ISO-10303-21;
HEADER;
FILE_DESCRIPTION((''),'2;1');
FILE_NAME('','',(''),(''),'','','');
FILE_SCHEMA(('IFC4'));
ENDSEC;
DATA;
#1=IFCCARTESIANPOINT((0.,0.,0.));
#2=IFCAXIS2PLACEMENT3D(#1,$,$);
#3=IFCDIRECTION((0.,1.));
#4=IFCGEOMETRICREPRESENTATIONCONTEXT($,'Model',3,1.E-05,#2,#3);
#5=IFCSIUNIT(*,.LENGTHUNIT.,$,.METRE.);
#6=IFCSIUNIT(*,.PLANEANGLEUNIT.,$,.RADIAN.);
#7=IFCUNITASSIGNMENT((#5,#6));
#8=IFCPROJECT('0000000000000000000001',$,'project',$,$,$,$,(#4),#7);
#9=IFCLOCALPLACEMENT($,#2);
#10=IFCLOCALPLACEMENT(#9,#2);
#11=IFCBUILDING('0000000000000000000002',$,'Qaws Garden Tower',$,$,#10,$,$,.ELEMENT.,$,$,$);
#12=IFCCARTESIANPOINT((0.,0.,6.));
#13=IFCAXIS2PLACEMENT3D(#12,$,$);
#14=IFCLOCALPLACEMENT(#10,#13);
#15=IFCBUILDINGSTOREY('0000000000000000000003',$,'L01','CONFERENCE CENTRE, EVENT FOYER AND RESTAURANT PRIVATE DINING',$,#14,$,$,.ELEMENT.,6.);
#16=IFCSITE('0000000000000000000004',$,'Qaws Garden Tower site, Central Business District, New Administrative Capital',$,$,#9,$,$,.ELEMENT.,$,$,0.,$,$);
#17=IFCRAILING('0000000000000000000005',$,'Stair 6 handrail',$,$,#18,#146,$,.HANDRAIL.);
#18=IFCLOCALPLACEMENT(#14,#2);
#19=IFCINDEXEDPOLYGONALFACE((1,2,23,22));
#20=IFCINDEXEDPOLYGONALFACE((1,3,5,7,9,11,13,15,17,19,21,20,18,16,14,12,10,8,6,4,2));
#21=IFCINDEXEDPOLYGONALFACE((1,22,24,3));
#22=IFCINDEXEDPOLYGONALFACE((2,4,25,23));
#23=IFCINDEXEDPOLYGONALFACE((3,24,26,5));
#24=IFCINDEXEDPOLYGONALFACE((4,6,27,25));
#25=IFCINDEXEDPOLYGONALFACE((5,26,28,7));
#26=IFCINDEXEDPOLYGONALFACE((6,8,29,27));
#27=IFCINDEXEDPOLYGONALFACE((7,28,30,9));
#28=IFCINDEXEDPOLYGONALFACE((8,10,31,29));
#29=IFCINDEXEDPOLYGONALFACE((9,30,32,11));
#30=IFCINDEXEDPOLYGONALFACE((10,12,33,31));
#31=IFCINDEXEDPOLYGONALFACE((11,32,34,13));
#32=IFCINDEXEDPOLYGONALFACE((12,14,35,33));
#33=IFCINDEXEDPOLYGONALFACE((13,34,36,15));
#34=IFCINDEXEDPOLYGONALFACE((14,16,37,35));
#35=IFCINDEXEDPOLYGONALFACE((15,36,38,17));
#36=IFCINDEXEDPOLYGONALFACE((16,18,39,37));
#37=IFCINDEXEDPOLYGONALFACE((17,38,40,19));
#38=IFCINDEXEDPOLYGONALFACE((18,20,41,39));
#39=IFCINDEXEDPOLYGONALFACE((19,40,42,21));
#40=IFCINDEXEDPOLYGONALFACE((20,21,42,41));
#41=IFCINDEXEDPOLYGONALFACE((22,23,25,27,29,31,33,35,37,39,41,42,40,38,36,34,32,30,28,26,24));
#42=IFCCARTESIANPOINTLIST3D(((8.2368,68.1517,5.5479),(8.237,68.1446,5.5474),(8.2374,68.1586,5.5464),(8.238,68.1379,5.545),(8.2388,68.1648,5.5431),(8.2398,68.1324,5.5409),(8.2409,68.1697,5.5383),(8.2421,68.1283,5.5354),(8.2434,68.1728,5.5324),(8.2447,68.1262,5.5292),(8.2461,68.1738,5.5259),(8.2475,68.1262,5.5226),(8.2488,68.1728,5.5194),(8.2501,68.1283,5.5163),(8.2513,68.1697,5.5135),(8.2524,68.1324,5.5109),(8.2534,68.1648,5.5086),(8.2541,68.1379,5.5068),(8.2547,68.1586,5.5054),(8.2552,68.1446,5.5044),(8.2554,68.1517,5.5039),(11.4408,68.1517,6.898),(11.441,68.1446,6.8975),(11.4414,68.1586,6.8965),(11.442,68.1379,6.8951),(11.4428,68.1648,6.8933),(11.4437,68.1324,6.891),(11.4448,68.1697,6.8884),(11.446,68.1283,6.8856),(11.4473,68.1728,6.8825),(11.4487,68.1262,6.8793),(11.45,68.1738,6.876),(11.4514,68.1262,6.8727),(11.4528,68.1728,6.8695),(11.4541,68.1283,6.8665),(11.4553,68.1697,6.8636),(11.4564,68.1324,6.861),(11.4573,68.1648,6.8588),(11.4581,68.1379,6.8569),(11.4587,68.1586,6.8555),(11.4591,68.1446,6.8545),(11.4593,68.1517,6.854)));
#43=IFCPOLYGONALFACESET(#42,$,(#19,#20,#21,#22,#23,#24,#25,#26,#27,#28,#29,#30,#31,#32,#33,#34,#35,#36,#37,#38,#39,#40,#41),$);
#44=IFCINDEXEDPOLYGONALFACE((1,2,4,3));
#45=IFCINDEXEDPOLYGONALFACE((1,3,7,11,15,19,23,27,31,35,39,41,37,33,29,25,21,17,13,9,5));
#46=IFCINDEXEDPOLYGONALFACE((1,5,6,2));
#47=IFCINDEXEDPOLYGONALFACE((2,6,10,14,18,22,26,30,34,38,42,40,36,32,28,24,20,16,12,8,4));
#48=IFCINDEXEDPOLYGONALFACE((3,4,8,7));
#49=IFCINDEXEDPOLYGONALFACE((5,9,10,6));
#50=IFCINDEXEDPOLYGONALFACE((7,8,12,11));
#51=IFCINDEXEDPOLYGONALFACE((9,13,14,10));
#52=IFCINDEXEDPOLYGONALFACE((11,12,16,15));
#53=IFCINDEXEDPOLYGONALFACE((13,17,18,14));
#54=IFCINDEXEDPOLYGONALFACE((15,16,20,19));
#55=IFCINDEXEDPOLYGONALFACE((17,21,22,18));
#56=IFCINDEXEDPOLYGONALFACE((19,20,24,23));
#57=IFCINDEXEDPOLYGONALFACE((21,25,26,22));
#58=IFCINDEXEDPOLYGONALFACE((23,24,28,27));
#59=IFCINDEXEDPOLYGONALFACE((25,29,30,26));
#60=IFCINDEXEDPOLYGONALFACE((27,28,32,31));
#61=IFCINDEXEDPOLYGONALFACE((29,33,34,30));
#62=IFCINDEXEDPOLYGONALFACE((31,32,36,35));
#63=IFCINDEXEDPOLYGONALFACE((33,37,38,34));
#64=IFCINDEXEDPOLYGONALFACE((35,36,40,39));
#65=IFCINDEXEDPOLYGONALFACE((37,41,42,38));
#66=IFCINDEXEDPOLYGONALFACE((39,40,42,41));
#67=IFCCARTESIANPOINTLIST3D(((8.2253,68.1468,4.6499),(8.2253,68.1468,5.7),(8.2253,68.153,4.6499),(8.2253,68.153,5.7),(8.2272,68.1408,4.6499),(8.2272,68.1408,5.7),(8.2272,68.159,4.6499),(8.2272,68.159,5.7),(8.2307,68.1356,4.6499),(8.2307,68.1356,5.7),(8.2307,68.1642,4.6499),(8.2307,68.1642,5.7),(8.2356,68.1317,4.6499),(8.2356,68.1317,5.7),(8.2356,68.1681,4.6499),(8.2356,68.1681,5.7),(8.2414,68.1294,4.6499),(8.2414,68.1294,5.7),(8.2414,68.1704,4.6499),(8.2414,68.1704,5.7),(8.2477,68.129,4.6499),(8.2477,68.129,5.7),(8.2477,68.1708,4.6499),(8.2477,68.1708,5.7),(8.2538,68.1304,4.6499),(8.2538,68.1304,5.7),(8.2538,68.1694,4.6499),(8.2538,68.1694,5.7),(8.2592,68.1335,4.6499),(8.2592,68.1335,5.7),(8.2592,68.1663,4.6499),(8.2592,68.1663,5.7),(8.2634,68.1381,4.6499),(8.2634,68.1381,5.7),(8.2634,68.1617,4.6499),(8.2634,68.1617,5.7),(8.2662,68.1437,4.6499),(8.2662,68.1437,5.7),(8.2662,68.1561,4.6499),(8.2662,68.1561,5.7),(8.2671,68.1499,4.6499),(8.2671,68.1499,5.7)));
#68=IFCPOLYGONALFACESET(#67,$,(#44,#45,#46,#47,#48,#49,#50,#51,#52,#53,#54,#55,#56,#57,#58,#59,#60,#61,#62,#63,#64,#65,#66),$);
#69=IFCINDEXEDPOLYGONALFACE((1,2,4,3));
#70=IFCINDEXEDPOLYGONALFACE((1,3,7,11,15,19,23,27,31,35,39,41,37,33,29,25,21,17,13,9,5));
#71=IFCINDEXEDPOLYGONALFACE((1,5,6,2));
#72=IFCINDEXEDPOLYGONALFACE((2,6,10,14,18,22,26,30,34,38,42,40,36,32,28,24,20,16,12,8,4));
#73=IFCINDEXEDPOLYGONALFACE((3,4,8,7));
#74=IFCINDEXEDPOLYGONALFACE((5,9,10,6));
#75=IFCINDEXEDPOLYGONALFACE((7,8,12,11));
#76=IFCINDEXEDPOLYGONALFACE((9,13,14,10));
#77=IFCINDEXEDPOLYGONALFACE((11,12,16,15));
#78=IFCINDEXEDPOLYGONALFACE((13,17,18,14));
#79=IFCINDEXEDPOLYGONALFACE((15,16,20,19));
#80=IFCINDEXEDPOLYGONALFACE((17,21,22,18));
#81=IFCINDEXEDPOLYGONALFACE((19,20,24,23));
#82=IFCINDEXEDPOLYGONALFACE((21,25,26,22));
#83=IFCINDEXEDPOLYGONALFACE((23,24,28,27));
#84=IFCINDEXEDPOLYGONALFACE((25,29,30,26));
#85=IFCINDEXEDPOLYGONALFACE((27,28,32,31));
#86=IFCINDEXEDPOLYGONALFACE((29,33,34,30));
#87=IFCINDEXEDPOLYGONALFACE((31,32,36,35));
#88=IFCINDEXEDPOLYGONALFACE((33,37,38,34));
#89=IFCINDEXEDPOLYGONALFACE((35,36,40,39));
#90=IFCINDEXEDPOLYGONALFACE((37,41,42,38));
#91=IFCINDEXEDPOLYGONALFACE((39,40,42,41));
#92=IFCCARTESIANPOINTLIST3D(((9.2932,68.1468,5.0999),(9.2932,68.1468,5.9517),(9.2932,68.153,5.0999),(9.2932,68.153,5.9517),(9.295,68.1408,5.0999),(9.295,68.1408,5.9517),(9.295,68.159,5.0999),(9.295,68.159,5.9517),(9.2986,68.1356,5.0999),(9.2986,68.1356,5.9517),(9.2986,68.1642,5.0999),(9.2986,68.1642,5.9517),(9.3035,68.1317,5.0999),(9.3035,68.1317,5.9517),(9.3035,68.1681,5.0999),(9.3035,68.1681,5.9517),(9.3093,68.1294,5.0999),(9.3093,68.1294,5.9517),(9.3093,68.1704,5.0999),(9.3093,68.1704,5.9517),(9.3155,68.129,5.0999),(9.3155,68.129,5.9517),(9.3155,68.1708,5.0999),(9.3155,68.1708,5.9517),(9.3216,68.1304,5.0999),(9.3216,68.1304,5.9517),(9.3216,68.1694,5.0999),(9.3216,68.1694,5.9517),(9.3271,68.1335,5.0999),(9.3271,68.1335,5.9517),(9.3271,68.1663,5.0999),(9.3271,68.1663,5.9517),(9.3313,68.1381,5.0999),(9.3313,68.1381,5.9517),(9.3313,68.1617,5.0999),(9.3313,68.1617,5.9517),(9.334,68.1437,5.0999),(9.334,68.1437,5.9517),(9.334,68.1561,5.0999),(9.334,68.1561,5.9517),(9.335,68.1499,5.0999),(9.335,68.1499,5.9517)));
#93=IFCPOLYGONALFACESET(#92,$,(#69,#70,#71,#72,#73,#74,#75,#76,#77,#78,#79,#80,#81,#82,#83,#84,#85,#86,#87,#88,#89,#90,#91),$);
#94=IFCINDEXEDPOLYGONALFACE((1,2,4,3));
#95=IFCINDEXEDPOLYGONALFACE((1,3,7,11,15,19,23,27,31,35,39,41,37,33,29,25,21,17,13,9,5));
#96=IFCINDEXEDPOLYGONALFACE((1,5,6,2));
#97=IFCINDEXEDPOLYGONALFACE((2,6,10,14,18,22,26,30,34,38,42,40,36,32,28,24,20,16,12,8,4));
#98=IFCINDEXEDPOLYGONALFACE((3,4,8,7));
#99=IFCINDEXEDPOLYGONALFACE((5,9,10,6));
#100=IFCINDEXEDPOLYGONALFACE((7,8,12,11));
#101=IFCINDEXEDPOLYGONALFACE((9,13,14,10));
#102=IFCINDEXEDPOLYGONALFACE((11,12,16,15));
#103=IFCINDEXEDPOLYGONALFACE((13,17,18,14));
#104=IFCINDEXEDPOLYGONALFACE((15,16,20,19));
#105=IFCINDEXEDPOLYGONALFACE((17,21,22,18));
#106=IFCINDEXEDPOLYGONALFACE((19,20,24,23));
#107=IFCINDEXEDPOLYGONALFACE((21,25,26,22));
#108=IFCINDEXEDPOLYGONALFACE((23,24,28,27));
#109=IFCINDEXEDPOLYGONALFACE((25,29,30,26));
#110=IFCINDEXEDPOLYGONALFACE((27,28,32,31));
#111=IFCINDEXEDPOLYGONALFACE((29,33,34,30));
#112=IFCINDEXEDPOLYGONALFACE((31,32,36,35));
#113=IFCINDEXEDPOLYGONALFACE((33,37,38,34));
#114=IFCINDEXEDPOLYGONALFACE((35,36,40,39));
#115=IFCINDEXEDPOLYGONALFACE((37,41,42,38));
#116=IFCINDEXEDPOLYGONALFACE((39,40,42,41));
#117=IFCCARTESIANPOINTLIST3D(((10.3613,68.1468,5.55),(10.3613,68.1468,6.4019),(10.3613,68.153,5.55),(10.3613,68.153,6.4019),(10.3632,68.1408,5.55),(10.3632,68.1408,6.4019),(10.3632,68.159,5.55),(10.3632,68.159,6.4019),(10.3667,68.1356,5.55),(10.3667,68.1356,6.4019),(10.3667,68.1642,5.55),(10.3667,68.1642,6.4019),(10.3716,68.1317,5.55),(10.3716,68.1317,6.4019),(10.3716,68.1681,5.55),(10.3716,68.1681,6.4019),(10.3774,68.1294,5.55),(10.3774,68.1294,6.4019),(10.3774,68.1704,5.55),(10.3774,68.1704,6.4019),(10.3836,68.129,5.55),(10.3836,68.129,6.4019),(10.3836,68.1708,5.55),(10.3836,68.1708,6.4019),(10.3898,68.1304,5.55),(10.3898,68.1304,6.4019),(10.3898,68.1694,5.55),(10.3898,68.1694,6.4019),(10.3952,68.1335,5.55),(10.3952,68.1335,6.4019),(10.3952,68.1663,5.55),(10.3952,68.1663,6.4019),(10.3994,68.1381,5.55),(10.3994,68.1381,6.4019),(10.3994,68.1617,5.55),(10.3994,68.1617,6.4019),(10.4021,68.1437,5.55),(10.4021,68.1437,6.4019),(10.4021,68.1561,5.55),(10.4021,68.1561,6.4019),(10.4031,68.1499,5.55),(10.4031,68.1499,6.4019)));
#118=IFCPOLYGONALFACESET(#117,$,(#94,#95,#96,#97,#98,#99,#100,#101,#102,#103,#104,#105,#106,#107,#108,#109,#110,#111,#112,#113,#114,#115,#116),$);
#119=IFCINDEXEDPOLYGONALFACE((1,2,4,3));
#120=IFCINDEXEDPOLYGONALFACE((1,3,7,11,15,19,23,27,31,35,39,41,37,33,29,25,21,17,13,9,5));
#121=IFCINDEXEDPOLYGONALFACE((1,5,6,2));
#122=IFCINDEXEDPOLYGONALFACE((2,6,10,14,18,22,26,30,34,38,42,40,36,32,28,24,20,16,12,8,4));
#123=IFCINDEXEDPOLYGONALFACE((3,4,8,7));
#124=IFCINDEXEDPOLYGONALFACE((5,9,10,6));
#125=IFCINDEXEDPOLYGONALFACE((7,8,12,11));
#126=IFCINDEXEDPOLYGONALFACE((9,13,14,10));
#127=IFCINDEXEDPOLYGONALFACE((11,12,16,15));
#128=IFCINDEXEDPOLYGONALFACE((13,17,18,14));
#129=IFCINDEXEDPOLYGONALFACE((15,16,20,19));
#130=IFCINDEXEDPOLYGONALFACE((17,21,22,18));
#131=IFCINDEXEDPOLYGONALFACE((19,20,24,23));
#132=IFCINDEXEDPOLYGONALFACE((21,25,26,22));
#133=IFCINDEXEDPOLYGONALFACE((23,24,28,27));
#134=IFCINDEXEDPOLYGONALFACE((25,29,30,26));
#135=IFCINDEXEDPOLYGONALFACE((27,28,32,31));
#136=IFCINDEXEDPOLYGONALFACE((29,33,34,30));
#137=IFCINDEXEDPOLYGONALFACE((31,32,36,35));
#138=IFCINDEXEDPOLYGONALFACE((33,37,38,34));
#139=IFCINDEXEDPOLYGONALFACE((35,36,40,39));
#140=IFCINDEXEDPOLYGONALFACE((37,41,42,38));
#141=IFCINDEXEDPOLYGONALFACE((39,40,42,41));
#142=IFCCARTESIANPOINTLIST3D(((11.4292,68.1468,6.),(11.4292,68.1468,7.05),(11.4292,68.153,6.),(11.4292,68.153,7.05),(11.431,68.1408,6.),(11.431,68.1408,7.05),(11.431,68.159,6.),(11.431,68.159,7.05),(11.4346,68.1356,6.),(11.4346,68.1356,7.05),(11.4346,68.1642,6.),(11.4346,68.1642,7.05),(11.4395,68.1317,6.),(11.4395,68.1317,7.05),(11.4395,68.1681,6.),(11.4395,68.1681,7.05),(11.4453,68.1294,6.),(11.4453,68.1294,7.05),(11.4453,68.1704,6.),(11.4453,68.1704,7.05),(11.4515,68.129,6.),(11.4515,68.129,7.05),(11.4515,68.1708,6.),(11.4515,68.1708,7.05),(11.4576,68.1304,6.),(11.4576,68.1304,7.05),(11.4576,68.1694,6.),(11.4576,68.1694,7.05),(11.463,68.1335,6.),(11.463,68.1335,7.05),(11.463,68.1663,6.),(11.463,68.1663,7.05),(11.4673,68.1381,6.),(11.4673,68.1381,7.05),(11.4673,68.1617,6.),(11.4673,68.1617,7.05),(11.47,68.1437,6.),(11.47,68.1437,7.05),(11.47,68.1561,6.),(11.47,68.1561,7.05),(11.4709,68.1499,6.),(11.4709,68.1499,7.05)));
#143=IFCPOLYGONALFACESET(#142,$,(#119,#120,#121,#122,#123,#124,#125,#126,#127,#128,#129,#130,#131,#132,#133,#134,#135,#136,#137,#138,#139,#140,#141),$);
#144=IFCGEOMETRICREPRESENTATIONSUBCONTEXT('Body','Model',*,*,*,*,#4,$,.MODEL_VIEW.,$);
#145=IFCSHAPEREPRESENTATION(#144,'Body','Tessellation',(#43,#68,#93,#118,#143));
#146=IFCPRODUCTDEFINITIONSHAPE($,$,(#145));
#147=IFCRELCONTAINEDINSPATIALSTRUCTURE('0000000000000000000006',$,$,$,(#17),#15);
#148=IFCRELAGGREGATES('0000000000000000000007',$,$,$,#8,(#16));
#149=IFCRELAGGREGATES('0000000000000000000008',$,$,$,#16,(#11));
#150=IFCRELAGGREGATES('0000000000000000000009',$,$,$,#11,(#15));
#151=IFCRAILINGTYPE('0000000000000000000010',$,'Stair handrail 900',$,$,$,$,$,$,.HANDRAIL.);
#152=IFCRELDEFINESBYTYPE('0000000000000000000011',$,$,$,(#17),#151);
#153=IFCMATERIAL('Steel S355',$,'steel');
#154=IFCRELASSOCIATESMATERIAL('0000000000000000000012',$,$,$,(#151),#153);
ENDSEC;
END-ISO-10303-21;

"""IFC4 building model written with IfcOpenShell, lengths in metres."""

from ifc_helpers import new_model, si_unit, direction, frame, origin, origin_2d, place, context, subcontext, project, spatial, circle, extrude, material, type_object, element, save


model = new_model("IFC4")

# Units and contexts
model_context = context("Model", 3, precision=1e-05, world=origin(), true_north=direction((0.0, 1.0)))
body_context = subcontext(model_context, "Body", "Model", "MODEL_VIEW")
ifc_project = project(units=[si_unit("LENGTHUNIT", "METRE"), si_unit("PLANEANGLEUNIT", "RADIAN")], contexts=[model_context])

# Site, building, storey
site_placement = place(None, origin())
site = spatial("IfcSite", under=ifc_project, at=site_placement, Name="Qaws Garden Tower site, Central Business District, New Administrative Capital", CompositionType="ELEMENT", RefElevation=0.0)
building_placement = place(site_placement, origin())
building = spatial("IfcBuilding", under=site, at=building_placement, Name="Qaws Garden Tower", CompositionType="ELEMENT")
storey_placement = place(building_placement, frame((0.0, 0.0, 6.0)))
storey = spatial("IfcBuildingStorey", under=building, at=storey_placement, Name="L01", Description="CONFERENCE CENTRE, EVENT FOYER AND RESTAURANT PRIVATE DINING", CompositionType="ELEMENT", Elevation=6.0)

# Railing
ifc_material_1 = material(Name="Steel S355", Category="steel")
railing_type = type_object("IfcRailingType", Name="Stair handrail 900", PredefinedType="HANDRAIL", material=ifc_material_1)
railing_1_placement = place(storey_placement, frame((8.2461, 68.1499, 4.6499)))
element("IfcRailing", 1, at=railing_1_placement, inside=storey, type_object=railing_type, Name="Stair 6 handrail", PredefinedType="HANDRAIL", context=body_context, shape_type="SweptSolid", body=[
    extrude(circle(Radius=0.0239, at=origin_2d()), frame((0.0, 0.0, 0.876), z_axis=(0.921522, 0.0, 0.388327), x_axis=(0.0, 1.0, 0.0)), (0.0, 0.0, 1.0), 3.4768),
    extrude(circle(Radius=0.021, at=origin_2d()), origin(), (0.0, 0.0, 1.0), 1.05),
    extrude(circle(Radius=0.021, at=origin_2d()), frame((1.0679, 0.0, 0.45)), (0.0, 0.0, 1.0), 0.8518),
    extrude(circle(Radius=0.021, at=origin_2d()), frame((2.136, 0.0, 0.9001)), (0.0, 0.0, 1.0), 0.8518),
    extrude(circle(Radius=0.021, at=origin_2d()), frame((3.2039, 0.0, 1.3501)), (0.0, 0.0, 1.0), 1.05),
])

save(model, "model.ifc")
